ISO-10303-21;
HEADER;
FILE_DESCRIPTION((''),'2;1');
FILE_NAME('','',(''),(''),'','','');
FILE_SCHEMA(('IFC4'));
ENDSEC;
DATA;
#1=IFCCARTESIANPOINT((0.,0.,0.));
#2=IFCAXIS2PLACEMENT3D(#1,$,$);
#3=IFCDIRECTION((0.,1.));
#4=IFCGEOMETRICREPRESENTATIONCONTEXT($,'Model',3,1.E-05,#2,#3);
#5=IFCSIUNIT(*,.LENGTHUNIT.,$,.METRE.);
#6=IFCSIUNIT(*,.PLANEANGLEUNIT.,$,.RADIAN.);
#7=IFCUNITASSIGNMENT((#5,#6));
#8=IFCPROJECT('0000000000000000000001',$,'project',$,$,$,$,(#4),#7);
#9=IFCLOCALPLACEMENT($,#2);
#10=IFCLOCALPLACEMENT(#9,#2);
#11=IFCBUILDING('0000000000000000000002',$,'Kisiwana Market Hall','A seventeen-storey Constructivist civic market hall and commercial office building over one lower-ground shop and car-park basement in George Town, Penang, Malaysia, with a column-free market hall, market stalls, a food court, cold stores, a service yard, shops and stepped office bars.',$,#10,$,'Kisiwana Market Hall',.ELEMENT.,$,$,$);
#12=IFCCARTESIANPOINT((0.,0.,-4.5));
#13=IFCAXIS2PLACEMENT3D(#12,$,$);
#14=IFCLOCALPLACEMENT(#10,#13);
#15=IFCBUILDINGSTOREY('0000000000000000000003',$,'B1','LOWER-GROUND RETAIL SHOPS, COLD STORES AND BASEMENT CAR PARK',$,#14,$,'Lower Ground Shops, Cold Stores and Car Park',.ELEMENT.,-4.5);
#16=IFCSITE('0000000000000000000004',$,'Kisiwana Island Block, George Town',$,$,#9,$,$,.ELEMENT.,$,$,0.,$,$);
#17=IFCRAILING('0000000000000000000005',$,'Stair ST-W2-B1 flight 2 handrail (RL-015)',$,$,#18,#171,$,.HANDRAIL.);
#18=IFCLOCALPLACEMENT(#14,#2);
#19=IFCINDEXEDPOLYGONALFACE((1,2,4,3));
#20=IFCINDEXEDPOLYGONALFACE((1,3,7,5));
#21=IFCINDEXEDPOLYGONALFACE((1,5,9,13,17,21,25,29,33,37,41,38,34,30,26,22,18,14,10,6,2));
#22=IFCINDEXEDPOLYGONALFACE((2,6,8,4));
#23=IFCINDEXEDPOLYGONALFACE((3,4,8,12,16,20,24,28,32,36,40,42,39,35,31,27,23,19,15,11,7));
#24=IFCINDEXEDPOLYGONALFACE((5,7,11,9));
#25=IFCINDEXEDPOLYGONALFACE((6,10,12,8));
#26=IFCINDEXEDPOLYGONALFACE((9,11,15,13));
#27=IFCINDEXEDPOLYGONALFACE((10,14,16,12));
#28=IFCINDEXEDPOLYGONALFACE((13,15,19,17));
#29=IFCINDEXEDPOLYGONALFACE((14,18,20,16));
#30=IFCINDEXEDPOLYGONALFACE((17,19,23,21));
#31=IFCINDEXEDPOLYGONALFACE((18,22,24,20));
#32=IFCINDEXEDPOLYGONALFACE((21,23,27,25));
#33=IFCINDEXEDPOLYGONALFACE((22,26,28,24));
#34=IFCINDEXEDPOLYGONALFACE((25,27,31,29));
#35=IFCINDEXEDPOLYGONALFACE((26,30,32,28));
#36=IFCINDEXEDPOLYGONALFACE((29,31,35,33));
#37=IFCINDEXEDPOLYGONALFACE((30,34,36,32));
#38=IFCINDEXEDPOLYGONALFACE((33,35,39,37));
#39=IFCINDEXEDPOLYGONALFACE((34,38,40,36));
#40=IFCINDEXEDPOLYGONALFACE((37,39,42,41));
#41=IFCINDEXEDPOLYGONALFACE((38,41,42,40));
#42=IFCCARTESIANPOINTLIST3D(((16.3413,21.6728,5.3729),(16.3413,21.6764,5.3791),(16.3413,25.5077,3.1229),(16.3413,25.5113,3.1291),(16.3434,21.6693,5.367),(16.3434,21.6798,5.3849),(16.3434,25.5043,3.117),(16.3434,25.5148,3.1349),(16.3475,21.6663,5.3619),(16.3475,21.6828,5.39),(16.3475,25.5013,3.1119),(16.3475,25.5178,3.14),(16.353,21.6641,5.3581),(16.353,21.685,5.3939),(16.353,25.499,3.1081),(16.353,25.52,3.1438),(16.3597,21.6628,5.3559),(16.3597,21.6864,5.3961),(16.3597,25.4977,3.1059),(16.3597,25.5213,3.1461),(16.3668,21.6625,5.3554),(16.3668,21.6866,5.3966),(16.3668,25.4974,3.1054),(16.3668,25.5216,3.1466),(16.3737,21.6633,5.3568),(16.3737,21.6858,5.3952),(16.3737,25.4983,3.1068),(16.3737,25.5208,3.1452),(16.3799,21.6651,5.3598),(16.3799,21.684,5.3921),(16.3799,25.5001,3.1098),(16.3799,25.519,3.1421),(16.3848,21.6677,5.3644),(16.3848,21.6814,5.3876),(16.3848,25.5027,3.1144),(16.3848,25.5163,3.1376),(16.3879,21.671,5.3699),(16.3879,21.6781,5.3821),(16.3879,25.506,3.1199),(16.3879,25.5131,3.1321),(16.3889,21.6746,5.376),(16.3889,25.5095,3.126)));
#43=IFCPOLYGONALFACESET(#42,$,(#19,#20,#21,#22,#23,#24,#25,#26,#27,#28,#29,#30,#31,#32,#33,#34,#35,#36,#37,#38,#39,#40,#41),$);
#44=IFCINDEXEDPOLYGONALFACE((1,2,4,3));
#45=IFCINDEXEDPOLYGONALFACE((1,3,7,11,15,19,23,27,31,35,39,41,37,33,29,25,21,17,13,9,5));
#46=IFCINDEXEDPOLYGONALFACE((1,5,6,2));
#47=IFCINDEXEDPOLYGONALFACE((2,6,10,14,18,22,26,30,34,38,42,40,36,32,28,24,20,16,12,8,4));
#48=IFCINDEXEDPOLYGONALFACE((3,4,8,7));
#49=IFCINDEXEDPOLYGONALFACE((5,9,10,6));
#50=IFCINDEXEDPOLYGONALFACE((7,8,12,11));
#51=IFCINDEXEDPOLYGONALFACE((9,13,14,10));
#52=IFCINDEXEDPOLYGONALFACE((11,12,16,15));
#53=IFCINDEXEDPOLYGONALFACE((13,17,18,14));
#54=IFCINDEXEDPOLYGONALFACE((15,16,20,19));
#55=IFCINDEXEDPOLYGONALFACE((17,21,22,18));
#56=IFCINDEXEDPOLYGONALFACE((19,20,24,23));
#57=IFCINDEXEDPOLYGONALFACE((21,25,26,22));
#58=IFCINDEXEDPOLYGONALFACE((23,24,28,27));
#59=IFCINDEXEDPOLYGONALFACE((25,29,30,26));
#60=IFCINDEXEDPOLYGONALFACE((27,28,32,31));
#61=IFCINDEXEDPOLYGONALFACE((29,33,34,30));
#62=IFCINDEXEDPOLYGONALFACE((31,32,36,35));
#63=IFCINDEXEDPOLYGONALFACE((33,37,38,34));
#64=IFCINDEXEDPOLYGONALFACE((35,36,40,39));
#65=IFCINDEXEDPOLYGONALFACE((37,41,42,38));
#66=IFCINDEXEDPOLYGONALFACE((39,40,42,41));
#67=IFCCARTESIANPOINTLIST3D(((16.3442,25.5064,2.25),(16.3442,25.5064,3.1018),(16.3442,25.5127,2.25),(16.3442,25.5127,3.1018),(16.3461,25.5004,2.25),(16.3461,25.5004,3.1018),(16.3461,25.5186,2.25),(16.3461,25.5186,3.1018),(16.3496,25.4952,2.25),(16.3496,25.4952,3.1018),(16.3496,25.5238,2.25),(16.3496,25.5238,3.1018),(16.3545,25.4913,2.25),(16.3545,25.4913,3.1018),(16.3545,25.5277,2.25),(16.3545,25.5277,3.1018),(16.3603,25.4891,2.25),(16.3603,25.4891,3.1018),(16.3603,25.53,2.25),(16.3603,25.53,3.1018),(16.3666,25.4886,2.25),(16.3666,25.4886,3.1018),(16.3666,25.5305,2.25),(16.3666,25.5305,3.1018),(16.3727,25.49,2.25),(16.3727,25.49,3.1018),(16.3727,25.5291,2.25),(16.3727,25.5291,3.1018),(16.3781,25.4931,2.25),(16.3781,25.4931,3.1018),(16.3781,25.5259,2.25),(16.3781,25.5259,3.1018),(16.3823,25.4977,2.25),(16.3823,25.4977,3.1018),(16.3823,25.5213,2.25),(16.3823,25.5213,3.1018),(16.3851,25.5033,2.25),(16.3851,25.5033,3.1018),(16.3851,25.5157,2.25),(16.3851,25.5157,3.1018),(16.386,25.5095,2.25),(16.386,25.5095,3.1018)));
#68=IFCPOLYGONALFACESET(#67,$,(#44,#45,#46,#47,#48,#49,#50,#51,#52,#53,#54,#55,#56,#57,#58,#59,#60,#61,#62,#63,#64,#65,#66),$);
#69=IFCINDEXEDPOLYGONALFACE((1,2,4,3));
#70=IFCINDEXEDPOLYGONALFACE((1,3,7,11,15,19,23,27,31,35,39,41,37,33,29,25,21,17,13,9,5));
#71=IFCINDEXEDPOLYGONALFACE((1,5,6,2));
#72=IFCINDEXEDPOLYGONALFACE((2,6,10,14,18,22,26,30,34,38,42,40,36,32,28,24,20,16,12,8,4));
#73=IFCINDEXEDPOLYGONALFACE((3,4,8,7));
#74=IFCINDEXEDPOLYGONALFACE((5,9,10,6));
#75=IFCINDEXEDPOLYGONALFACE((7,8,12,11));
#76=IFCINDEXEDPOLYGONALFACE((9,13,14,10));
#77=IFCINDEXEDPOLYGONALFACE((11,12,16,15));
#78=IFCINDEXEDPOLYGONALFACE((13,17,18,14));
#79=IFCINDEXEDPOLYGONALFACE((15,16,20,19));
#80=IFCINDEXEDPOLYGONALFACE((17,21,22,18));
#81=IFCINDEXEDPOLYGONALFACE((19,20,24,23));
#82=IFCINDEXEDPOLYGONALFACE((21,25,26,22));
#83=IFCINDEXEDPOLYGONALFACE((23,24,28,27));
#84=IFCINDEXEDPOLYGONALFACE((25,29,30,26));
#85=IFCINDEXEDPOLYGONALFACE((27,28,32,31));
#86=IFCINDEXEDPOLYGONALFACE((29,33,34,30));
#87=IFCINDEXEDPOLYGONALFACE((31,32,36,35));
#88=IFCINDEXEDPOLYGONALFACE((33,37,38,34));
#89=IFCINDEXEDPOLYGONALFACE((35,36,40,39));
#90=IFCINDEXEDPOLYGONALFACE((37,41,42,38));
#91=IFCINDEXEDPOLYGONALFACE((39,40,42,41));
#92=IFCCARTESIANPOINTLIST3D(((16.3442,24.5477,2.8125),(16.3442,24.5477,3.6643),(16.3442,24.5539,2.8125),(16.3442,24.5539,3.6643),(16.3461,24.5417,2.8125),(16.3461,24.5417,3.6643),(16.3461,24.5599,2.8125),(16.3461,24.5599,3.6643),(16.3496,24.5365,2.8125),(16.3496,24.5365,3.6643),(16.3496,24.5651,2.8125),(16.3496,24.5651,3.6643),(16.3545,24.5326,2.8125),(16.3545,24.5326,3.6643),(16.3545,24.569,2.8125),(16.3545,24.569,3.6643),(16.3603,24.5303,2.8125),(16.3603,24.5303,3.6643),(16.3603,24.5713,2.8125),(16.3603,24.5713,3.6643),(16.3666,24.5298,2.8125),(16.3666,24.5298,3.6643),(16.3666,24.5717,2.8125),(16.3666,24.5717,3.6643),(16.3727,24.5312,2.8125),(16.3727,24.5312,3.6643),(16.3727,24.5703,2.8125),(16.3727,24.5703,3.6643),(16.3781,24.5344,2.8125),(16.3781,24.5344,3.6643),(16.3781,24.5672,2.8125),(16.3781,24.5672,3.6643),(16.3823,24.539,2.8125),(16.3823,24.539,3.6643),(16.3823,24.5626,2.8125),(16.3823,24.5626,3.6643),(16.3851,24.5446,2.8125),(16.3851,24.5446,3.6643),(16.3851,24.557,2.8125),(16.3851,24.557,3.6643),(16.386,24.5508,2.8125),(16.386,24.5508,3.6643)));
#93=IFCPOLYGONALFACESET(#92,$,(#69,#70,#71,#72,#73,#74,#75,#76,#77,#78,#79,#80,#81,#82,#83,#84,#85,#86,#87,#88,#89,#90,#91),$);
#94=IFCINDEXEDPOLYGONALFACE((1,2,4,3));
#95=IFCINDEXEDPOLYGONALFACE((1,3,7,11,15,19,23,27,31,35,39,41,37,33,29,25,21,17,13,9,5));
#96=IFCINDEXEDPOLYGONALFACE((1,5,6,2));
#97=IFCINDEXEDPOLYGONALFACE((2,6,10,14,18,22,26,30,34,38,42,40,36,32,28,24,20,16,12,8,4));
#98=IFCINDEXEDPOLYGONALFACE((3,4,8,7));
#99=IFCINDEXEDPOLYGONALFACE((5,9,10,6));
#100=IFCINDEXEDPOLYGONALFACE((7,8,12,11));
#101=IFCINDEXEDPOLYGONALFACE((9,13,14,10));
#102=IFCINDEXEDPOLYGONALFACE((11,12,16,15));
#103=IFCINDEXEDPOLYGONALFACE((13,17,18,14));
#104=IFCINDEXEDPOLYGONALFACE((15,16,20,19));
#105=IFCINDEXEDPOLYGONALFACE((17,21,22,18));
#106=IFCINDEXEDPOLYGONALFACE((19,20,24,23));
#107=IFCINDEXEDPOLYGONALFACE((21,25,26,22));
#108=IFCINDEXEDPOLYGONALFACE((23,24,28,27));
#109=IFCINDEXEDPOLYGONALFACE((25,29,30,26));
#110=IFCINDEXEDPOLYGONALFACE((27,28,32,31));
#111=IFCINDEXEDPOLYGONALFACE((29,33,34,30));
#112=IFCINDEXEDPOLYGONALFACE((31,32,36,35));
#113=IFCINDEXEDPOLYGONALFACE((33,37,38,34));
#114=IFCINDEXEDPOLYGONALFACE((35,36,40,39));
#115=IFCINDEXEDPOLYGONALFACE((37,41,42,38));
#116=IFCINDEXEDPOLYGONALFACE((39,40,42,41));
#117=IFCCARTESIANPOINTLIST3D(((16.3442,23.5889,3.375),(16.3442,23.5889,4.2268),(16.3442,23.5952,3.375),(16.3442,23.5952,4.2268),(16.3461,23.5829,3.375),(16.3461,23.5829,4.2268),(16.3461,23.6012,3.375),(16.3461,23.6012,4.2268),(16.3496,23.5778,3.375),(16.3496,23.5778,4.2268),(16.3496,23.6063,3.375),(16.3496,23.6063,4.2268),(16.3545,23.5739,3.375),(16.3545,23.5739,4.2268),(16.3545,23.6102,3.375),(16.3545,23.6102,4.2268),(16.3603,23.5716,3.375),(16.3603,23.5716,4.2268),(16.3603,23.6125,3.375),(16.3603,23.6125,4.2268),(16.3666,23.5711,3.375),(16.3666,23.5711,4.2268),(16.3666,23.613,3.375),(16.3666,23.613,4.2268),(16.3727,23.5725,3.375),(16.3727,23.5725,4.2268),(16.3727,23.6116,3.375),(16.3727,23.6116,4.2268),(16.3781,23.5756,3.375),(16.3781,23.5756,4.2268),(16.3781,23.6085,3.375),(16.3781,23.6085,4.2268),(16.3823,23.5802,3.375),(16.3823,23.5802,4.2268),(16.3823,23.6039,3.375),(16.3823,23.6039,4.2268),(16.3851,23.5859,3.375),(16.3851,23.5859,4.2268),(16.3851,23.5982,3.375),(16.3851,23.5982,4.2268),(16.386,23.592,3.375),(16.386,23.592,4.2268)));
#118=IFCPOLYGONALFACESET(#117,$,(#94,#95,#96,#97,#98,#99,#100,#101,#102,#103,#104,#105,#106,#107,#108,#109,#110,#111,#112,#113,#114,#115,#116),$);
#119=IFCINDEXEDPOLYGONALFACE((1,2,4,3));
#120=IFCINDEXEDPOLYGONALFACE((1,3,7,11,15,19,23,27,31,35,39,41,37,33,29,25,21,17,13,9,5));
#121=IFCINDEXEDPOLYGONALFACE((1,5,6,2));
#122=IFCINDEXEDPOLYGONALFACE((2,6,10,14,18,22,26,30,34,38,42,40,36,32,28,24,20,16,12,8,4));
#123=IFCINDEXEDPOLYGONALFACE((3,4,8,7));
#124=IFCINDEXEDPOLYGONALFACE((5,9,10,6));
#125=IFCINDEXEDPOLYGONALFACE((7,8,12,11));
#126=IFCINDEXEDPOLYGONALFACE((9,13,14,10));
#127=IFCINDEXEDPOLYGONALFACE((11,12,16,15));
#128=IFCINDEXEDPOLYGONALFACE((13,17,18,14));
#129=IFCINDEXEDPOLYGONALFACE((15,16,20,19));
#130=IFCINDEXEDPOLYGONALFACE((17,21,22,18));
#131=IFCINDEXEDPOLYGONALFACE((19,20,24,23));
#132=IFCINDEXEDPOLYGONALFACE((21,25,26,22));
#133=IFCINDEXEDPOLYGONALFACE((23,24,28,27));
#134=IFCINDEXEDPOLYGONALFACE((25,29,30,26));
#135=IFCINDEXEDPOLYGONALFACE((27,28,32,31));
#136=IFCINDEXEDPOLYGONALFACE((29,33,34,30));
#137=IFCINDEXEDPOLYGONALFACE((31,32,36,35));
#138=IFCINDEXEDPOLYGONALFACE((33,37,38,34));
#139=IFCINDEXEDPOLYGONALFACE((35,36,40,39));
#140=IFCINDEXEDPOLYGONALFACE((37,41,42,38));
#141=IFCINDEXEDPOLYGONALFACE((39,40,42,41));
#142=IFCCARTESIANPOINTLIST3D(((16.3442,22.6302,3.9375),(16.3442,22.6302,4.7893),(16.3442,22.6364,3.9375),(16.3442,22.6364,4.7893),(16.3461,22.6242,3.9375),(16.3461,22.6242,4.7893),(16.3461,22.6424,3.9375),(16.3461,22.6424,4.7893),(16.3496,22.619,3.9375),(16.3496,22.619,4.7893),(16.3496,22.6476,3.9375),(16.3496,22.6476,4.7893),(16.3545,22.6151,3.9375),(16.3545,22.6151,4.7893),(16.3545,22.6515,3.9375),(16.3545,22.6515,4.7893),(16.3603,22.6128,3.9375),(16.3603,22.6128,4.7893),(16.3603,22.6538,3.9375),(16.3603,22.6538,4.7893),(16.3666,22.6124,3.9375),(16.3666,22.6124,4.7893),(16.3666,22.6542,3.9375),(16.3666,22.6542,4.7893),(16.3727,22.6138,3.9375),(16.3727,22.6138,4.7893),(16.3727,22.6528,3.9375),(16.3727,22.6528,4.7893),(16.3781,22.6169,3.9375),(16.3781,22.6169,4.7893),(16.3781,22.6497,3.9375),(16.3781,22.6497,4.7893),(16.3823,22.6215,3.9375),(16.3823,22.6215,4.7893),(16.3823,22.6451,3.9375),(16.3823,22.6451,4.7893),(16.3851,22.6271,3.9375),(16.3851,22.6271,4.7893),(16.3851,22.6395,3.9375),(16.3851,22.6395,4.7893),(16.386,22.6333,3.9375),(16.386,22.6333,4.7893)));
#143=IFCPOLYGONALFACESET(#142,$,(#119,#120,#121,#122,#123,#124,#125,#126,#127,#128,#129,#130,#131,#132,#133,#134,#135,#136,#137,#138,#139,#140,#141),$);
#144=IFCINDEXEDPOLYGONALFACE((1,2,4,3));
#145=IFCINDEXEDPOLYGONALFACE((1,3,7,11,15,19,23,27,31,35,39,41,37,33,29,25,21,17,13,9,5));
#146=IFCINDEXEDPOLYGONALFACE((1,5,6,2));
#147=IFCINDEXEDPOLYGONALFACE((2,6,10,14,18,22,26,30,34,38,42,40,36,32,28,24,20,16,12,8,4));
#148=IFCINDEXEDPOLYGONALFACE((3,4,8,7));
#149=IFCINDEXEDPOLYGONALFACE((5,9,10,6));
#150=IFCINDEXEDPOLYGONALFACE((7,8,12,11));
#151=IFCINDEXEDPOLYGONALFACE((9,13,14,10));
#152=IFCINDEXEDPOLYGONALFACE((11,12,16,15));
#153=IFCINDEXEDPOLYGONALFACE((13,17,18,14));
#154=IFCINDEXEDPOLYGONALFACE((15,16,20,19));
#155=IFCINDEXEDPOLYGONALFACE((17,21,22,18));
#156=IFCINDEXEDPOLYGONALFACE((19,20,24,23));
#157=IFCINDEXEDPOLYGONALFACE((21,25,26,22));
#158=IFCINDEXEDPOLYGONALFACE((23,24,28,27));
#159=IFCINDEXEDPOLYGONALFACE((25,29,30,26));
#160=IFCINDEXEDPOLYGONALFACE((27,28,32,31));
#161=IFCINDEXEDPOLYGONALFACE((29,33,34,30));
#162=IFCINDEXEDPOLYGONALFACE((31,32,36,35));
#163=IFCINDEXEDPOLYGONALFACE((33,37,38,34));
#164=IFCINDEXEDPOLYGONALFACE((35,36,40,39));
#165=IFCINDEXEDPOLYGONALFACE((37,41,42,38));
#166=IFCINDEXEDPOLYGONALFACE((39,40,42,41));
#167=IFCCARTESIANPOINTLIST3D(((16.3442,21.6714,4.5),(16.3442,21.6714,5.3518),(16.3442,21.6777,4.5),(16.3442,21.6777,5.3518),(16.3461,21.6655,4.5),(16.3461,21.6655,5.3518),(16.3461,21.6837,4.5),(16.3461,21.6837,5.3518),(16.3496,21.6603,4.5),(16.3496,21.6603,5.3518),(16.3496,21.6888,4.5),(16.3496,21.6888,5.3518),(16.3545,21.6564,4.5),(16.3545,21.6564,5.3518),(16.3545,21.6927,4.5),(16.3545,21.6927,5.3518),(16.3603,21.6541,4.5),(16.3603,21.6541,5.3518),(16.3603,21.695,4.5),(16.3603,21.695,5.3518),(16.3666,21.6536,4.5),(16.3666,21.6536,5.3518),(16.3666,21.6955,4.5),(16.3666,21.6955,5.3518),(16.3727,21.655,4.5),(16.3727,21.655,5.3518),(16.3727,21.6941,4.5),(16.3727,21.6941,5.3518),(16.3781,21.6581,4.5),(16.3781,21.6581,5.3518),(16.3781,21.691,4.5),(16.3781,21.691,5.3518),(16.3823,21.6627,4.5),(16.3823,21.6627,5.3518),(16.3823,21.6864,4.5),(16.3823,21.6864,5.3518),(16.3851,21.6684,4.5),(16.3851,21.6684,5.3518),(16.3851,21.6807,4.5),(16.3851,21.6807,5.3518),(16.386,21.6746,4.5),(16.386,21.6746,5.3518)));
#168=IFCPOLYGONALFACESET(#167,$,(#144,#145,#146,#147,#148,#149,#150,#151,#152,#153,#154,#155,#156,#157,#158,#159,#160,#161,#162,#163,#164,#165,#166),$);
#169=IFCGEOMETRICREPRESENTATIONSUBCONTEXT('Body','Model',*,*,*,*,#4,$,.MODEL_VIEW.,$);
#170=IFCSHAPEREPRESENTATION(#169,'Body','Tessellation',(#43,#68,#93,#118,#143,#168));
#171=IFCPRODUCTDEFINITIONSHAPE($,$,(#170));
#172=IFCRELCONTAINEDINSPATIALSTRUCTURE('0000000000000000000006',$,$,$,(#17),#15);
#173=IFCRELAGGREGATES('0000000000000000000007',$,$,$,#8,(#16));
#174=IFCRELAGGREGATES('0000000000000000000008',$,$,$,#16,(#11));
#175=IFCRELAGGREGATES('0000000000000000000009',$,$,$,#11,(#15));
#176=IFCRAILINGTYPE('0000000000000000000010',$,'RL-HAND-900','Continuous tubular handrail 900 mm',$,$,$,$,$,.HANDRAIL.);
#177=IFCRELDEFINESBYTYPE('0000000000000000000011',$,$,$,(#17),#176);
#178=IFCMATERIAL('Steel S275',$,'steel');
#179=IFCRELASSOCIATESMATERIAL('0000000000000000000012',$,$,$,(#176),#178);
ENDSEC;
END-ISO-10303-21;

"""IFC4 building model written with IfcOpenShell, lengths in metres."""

from ifc_helpers import new_model, si_unit, direction, frame, origin, origin_2d, place, context, subcontext, project, spatial, circle, extrude, material, type_object, element, save


model = new_model("IFC4")

# Units and contexts
model_context = context("Model", 3, precision=1e-05, world=origin(), true_north=direction((0.0, 1.0)))
body_context = subcontext(model_context, "Body", "Model", "MODEL_VIEW")
ifc_project = project(units=[si_unit("LENGTHUNIT", "METRE"), si_unit("PLANEANGLEUNIT", "RADIAN")], contexts=[model_context])

# Site, building, storey
site_placement = place(None, origin())
site = spatial("IfcSite", under=ifc_project, at=site_placement, Name="Kisiwana Island Block, George Town", CompositionType="ELEMENT", RefElevation=0.0)
building_placement = place(site_placement, origin())
building = spatial("IfcBuilding", under=site, at=building_placement, Name="Kisiwana Market Hall", Description="A seventeen-storey Constructivist civic market hall and commercial office building over one lower-ground shop and car-park basement in George Town, Penang, Malaysia, with a column-free market hall, market stalls, a food court, cold stores, a service yard, shops and stepped office bars.", LongName="Kisiwana Market Hall", CompositionType="ELEMENT")
storey_placement = place(building_placement, frame((0.0, 0.0, -4.5)))
storey = spatial("IfcBuildingStorey", under=building, at=storey_placement, Name="B1", Description="LOWER-GROUND RETAIL SHOPS, COLD STORES AND BASEMENT CAR PARK", LongName="Lower Ground Shops, Cold Stores and Car Park", CompositionType="ELEMENT", Elevation=-4.5)

# Railing
ifc_material_1 = material(Name="Steel S275", Category="steel")
railing_type_1 = type_object("IfcRailingType", Name="RL-HAND-900", Description="Continuous tubular handrail 900 mm", PredefinedType="HANDRAIL", material=ifc_material_1)
railing_1_placement = place(storey_placement, frame((16.365, 25.5095, 2.25)))
element("IfcRailing", 1, at=railing_1_placement, inside=storey, type_object=railing_type_1, Name="Stair ST-W2-B1 flight 2 handrail (RL-015)", PredefinedType="HANDRAIL", context=body_context, shape_type="SweptSolid", body=[
    extrude(circle(Radius=0.0239, at=origin_2d()), frame((0.0, 0.0, 0.876), z_axis=(0.0, -0.86251, 0.506041), x_axis=(1.0, 0.0, 0.0)), (0.0, 0.0, 1.0), 4.4463),
    extrude(circle(Radius=0.021, at=origin_2d()), origin(), (0.0, 0.0, 1.0), 0.8518),
    extrude(circle(Radius=0.021, at=origin_2d()), frame((0.0, -0.9587, 0.5625)), (0.0, 0.0, 1.0), 0.8518),
    extrude(circle(Radius=0.021, at=origin_2d()), frame((0.0, -1.9175, 1.125)), (0.0, 0.0, 1.0), 0.8518),
    extrude(circle(Radius=0.021, at=origin_2d()), frame((0.0, -2.8762, 1.6875)), (0.0, 0.0, 1.0), 0.8518),
    extrude(circle(Radius=0.021, at=origin_2d()), frame((0.0, -3.835, 2.25)), (0.0, 0.0, 1.0), 0.8518),
])

save(model, "model.ifc")
